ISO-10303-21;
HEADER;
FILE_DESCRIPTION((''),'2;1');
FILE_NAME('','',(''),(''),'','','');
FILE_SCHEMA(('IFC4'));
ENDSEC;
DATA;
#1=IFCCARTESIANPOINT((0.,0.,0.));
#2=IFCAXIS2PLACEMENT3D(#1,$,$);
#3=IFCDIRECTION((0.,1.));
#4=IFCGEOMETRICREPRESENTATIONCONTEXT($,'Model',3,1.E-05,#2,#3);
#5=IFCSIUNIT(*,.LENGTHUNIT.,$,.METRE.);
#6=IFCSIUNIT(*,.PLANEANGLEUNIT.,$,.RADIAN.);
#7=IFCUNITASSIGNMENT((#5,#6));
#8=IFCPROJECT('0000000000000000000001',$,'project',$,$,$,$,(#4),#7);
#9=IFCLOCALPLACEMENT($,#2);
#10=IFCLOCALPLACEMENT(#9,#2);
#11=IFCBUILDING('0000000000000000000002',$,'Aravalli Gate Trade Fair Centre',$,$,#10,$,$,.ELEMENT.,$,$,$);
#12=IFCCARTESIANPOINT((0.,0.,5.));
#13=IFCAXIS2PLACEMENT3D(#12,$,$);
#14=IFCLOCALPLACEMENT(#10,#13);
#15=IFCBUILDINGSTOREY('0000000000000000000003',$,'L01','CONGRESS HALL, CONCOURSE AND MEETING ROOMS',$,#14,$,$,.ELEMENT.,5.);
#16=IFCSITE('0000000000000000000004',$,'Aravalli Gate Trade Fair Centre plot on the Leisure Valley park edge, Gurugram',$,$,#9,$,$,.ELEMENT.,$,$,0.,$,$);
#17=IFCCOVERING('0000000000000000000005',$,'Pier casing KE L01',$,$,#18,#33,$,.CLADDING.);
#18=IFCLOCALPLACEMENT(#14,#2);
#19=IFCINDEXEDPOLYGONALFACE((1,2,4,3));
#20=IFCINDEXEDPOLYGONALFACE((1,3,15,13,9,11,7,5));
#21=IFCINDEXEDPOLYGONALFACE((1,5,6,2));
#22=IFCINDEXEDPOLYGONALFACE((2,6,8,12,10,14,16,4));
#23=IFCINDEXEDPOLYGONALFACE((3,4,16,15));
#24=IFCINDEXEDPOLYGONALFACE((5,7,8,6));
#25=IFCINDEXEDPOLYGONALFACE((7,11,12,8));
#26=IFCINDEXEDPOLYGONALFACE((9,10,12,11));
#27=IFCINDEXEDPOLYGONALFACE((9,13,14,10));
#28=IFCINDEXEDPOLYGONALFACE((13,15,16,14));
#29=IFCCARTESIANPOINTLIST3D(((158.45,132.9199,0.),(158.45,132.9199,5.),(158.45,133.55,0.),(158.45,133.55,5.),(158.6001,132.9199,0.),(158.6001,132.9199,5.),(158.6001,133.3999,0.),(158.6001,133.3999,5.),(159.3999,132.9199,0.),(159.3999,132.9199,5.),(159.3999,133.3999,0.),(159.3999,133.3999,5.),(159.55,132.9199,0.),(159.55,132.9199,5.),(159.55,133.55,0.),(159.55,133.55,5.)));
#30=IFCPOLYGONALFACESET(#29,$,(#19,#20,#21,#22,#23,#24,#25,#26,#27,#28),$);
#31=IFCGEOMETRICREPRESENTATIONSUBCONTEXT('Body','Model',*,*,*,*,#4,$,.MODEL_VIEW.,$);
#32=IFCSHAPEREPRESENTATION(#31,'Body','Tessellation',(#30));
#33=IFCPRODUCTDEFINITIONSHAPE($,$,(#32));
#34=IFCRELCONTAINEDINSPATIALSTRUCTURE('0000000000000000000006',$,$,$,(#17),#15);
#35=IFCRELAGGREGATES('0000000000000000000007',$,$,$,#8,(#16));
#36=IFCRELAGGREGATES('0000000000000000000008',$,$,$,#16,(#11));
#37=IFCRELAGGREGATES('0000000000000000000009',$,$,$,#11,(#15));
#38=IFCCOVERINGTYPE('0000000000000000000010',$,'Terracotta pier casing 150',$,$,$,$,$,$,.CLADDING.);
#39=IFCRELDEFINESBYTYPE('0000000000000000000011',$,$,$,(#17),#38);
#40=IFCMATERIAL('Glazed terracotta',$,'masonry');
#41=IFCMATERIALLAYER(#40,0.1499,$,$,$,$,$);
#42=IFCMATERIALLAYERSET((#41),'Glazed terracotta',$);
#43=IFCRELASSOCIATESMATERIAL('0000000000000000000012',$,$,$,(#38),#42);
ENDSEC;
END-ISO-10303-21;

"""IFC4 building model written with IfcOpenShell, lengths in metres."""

from ifc_helpers import new_model, si_unit, direction, frame, origin, place, context, subcontext, project, spatial, polyline, outline, extrude, material, layer, layer_set, type_object, element, save


model = new_model("IFC4")

# Units and contexts
model_context = context("Model", 3, precision=1e-05, world=origin(), true_north=direction((0.0, 1.0)))
body_context = subcontext(model_context, "Body", "Model", "MODEL_VIEW")
ifc_project = project(units=[si_unit("LENGTHUNIT", "METRE"), si_unit("PLANEANGLEUNIT", "RADIAN")], contexts=[model_context])

# Site, building, storey
site_placement = place(None, origin())
site = spatial("IfcSite", under=ifc_project, at=site_placement, Name="Aravalli Gate Trade Fair Centre plot on the Leisure Valley park edge, Gurugram", CompositionType="ELEMENT", RefElevation=0.0)
building_placement = place(site_placement, origin())
building = spatial("IfcBuilding", under=site, at=building_placement, Name="Aravalli Gate Trade Fair Centre", CompositionType="ELEMENT")
storey_placement = place(building_placement, frame((0.0, 0.0, 5.0)))
storey = spatial("IfcBuildingStorey", under=building, at=storey_placement, Name="L01", Description="CONGRESS HALL, CONCOURSE AND MEETING ROOMS", CompositionType="ELEMENT", Elevation=5.0)

# Covering
ifc_material_1 = material(Name="Glazed terracotta", Category="masonry")
ifc_layer_1 = layer(ifc_material_1, 0.1499)
ifc_layer_set_1 = layer_set([ifc_layer_1], Name="Glazed terracotta")
covering_type_1 = type_object("IfcCoveringType", Name="Terracotta pier casing 150", PredefinedType="CLADDING", material=ifc_layer_set_1)
covering_1_placement = place(storey_placement, origin())
element("IfcCovering", 1, at=covering_1_placement, inside=storey, type_object=covering_type_1, Name="Pier casing KE L01", PredefinedType="CLADDING", context=body_context, shape_type="SweptSolid", body=[
    extrude(outline(polyline([(158.45, 132.9199), (158.6001, 132.9199), (158.6001, 133.3999), (159.3999, 133.3999), (159.3999, 132.9199), (159.55, 132.9199), (159.55, 133.55), (158.45, 133.55), (158.45, 132.9199)])), origin(), (0.0, 0.0, 1.0), 5.0),
])

save(model, "model.ifc")
